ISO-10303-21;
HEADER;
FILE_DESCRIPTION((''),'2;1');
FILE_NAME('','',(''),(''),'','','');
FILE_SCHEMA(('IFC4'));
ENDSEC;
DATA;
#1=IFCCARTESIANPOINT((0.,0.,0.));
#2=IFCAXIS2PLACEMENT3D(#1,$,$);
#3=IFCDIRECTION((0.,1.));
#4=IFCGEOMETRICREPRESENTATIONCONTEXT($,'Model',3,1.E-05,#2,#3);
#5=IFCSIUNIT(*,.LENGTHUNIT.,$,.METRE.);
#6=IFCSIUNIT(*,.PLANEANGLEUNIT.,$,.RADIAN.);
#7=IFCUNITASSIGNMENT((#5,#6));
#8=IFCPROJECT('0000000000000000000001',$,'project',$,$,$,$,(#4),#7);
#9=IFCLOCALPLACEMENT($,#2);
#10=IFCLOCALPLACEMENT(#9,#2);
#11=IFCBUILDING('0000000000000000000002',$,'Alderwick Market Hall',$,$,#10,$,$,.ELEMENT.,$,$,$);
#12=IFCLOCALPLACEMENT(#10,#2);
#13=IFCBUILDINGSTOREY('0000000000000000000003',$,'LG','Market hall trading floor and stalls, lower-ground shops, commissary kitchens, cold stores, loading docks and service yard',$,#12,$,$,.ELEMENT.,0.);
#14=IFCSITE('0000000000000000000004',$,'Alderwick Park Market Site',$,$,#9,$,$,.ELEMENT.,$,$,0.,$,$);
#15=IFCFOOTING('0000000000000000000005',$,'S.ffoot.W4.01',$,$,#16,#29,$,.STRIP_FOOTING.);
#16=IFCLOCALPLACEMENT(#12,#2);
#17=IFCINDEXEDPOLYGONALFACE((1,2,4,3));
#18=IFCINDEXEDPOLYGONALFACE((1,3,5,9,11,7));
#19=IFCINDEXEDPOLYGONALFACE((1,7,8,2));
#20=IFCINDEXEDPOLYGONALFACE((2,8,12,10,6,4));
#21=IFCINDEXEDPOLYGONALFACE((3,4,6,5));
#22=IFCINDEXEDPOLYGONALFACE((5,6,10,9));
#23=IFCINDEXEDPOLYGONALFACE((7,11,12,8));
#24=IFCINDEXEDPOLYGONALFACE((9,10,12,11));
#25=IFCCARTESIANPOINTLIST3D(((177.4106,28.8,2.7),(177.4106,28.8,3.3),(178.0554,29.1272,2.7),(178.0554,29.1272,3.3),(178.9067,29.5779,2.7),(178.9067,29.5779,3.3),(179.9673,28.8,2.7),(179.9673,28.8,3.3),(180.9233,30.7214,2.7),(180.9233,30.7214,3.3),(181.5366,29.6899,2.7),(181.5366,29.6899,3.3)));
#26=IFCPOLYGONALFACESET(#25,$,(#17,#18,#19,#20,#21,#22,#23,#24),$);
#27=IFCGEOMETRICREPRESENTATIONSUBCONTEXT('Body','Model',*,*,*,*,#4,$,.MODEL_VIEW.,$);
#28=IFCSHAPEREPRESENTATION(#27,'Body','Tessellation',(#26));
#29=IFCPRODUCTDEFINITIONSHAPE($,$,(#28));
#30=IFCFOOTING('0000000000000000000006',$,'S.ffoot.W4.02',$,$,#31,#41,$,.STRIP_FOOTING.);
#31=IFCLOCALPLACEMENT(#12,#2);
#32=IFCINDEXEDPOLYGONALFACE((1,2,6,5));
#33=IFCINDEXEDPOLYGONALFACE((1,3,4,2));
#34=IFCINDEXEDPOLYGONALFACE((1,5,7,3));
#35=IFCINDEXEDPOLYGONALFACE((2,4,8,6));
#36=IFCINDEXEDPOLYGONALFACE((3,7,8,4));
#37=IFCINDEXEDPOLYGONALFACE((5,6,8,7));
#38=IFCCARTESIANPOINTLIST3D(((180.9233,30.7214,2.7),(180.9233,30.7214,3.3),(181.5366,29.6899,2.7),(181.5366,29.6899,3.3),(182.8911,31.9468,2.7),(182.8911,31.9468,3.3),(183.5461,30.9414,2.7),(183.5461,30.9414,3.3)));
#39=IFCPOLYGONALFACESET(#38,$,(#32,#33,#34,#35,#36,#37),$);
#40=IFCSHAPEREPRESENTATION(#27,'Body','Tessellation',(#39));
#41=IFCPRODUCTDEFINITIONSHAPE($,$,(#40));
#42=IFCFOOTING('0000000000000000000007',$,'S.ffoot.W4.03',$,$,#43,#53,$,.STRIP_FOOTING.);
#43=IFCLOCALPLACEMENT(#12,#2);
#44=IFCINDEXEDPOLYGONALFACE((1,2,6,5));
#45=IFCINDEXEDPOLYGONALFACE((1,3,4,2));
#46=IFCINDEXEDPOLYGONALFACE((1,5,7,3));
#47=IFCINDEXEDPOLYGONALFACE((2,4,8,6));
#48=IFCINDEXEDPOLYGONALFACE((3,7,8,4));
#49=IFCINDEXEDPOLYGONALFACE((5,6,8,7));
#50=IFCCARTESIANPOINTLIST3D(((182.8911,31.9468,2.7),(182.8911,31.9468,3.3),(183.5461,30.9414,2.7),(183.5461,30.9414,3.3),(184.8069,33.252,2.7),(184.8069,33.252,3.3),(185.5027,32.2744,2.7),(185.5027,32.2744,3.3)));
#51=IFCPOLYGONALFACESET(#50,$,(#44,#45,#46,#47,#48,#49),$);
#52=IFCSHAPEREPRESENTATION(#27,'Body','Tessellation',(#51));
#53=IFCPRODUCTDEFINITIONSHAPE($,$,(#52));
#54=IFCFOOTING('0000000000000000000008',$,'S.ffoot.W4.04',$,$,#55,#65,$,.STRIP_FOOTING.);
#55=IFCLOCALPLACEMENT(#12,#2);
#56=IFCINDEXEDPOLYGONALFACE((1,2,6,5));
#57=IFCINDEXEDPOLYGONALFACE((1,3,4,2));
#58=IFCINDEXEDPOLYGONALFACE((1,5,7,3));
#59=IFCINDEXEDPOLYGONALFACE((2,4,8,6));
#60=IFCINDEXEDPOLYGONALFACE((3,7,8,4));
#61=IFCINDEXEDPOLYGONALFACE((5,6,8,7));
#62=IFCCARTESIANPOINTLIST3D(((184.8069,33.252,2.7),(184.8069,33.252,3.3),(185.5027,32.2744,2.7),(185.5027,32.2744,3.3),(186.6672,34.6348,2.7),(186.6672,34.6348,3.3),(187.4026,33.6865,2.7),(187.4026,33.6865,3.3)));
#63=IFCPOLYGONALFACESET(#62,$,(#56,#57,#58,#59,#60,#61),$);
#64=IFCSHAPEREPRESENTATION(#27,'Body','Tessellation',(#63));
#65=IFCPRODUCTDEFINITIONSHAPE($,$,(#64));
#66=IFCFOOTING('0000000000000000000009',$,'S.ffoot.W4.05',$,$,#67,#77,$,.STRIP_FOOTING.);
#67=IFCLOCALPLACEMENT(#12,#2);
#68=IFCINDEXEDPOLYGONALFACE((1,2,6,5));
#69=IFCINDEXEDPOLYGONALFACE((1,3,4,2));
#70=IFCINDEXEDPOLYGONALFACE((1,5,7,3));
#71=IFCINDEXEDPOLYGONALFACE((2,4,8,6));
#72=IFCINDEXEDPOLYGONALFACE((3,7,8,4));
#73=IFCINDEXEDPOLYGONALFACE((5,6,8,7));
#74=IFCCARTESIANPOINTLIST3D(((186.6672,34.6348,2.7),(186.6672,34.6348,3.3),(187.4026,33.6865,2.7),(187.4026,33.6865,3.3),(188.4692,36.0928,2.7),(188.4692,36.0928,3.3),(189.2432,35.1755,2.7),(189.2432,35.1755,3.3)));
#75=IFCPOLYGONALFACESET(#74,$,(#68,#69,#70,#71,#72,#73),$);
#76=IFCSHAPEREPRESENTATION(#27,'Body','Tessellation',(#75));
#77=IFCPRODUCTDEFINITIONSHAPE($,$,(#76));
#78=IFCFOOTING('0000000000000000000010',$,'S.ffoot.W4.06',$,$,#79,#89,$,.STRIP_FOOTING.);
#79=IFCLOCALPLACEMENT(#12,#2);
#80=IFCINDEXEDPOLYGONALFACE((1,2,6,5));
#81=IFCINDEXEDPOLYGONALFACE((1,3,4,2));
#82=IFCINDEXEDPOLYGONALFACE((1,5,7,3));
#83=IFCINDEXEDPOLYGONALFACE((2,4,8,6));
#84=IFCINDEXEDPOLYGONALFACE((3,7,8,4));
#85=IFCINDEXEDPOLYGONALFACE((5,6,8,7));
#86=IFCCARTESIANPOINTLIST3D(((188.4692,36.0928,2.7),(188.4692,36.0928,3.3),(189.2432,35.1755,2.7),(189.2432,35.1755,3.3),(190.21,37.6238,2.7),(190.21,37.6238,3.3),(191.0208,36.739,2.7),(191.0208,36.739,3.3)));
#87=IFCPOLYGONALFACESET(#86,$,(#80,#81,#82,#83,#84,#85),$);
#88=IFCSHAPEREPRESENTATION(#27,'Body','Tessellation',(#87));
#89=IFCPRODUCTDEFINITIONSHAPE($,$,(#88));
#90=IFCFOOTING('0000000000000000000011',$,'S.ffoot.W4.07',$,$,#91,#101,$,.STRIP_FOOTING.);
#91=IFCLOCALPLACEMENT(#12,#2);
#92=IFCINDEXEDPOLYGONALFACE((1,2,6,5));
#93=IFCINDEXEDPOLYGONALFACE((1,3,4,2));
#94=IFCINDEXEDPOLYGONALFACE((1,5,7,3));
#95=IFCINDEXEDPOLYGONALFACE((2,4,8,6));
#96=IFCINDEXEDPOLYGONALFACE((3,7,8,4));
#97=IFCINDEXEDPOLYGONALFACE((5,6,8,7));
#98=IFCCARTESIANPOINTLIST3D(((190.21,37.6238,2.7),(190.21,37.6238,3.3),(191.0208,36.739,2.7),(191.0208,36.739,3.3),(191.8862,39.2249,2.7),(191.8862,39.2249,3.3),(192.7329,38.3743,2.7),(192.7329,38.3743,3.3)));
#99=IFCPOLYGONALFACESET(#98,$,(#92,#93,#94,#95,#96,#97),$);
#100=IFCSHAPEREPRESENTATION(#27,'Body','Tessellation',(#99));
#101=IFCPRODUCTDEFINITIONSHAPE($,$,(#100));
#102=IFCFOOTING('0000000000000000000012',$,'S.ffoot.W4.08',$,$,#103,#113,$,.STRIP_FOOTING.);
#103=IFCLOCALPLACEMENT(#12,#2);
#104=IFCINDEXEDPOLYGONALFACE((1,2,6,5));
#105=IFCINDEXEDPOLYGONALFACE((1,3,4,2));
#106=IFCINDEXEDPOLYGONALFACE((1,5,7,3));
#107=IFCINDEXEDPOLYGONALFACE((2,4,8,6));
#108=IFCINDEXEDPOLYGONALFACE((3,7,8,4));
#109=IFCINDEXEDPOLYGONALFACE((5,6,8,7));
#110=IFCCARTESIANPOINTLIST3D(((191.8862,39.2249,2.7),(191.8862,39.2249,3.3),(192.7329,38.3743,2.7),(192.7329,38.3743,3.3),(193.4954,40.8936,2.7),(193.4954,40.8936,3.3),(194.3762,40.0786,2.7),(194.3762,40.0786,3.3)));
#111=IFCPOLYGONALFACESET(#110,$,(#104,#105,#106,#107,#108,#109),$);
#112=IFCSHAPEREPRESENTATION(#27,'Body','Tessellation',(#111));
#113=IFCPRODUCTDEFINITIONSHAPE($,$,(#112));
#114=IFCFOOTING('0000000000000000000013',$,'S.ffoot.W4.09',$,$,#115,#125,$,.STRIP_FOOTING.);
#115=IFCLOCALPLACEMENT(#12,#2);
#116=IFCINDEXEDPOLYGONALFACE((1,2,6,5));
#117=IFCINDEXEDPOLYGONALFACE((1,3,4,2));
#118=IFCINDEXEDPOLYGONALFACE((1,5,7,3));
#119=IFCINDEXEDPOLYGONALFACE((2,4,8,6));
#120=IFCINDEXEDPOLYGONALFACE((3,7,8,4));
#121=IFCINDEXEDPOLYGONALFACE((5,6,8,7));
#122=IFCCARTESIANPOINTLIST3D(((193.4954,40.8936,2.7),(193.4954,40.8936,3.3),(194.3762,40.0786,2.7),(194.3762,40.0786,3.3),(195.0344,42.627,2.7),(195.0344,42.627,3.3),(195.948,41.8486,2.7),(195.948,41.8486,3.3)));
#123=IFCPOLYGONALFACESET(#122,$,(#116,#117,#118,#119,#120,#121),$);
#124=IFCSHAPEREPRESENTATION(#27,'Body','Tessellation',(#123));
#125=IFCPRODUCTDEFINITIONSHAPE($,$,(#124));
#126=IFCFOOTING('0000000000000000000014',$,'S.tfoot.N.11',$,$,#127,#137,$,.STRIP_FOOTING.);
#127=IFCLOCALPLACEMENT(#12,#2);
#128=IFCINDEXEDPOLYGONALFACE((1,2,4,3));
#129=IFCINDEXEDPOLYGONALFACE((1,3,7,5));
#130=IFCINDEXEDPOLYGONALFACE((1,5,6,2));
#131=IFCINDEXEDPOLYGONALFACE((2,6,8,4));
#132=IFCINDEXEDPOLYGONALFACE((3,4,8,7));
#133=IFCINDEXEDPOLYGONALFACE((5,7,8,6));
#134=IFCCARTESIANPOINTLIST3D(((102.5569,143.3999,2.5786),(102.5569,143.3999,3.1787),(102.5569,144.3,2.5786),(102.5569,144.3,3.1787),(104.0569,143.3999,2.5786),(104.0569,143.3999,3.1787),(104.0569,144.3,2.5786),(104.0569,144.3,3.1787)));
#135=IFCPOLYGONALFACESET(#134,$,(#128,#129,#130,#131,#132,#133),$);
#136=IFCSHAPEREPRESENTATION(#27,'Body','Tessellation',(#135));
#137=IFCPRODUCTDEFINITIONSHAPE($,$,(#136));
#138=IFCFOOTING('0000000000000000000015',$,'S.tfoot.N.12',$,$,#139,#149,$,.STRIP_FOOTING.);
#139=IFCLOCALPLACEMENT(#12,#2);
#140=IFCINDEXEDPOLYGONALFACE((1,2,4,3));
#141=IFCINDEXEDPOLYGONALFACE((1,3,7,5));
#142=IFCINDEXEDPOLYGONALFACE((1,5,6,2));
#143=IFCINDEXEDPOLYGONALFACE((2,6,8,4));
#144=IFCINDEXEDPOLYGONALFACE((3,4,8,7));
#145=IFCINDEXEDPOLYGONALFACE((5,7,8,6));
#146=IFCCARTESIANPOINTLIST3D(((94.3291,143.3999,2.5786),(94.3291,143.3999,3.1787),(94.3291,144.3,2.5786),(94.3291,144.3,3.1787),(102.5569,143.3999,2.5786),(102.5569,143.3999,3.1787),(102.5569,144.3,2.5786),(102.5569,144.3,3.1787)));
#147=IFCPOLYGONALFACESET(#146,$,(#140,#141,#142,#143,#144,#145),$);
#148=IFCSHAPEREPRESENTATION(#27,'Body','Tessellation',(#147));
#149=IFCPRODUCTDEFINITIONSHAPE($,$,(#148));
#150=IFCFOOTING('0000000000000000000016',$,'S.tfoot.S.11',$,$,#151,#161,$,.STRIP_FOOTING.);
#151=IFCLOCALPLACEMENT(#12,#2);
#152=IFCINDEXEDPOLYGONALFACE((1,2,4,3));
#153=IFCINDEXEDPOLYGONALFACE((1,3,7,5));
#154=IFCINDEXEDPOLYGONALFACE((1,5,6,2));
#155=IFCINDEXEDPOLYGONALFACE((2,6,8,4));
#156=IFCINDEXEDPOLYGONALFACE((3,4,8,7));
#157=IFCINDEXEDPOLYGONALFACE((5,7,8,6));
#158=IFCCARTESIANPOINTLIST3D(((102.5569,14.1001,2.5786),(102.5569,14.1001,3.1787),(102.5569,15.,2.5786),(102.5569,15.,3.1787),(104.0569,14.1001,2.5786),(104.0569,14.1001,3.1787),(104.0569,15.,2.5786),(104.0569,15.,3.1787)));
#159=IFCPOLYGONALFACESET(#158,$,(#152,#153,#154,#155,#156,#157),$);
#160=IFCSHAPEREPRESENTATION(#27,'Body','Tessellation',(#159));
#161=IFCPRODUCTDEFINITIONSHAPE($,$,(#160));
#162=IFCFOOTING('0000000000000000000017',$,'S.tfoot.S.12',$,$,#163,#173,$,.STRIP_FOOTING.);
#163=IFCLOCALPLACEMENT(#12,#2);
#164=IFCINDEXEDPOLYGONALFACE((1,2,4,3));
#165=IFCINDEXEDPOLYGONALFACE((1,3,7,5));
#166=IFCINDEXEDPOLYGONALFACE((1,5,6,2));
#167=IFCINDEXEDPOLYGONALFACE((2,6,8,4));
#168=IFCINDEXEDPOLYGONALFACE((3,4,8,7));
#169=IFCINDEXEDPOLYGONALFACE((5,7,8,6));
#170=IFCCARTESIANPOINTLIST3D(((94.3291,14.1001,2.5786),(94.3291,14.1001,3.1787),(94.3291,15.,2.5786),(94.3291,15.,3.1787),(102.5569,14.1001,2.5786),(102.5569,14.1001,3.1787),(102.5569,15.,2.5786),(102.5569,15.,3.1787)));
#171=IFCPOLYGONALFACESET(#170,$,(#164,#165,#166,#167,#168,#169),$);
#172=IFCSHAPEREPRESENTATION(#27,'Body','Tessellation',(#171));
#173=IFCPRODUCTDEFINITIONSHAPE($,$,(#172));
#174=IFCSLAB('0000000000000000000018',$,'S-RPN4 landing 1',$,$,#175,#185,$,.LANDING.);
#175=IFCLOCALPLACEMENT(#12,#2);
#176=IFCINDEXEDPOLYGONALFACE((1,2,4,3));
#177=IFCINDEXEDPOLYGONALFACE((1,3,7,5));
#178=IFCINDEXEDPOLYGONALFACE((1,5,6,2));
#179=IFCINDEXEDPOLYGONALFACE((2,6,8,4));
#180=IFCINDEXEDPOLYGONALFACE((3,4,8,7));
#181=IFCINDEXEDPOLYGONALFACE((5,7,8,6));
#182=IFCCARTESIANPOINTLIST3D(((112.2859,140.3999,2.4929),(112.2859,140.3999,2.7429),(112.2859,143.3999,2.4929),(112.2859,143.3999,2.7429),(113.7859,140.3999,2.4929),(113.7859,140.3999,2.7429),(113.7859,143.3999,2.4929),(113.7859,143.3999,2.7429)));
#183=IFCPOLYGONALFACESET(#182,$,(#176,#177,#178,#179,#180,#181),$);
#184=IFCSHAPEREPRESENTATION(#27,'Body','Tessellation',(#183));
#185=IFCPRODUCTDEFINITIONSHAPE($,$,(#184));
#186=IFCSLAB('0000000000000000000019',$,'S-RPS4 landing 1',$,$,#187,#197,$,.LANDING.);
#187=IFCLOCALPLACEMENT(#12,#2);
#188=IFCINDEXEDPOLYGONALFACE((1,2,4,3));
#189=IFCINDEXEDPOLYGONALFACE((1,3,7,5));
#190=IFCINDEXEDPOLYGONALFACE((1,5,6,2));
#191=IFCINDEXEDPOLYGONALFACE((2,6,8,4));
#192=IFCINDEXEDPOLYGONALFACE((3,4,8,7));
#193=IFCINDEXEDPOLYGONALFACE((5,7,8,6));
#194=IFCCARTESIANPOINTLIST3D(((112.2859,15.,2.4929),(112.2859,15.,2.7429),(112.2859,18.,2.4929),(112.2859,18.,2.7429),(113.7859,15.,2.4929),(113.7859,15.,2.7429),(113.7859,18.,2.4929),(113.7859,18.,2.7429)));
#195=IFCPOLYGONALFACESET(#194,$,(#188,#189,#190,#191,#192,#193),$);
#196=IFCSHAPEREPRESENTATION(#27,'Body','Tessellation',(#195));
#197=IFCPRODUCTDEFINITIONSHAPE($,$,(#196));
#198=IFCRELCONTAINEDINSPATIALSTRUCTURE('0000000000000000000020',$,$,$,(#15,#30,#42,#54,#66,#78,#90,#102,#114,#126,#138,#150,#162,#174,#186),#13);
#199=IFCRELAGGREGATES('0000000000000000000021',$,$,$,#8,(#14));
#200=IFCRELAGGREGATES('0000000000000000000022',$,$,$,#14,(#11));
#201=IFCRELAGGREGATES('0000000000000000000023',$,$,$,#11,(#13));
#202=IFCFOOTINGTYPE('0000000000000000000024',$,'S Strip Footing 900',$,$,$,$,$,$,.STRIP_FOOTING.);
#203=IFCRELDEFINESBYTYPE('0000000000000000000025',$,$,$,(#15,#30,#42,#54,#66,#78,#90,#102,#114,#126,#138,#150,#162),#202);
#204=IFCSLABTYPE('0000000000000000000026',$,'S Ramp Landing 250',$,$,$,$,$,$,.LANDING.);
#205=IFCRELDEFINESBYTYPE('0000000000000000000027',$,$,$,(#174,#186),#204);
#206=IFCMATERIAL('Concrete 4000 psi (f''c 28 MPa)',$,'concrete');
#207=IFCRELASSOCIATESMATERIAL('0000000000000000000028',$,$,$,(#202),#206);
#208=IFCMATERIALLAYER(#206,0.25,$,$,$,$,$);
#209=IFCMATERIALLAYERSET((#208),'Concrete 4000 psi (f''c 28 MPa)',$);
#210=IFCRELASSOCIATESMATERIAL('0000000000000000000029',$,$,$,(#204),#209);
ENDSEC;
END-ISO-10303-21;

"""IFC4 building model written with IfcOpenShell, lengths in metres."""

from ifc_helpers import new_model, si_unit, direction, frame, origin, place, context, subcontext, project, spatial, polyline, outline, extrude, material, layer, layer_set, type_object, element, save


model = new_model("IFC4")

# Units and contexts
model_context = context("Model", 3, precision=1e-05, world=origin(), true_north=direction((0.0, 1.0)))
body_context = subcontext(model_context, "Body", "Model", "MODEL_VIEW")
ifc_project = project(units=[si_unit("LENGTHUNIT", "METRE"), si_unit("PLANEANGLEUNIT", "RADIAN")], contexts=[model_context])

# Site, building, storey
site_placement = place(None, origin())
site = spatial("IfcSite", under=ifc_project, at=site_placement, Name="Alderwick Park Market Site", CompositionType="ELEMENT", RefElevation=0.0)
building_placement = place(site_placement, origin())
building = spatial("IfcBuilding", under=site, at=building_placement, Name="Alderwick Market Hall", CompositionType="ELEMENT")
storey_placement = place(building_placement, origin())
storey = spatial("IfcBuildingStorey", under=building, at=storey_placement, Name="LG", Description="Market hall trading floor and stalls, lower-ground shops, commissary kitchens, cold stores, loading docks and service yard", CompositionType="ELEMENT", Elevation=0.0)

# Footings
ifc_material_1 = material(Name="Concrete 4000 psi (f'c 28 MPa)", Category="concrete")
footing_type = type_object("IfcFootingType", Name="S Strip Footing 900", PredefinedType="STRIP_FOOTING", material=ifc_material_1)
footing_1_placement = place(storey_placement, frame((0.0, 0.0, 2.7)))
element("IfcFooting", 1, at=footing_1_placement, inside=storey, type_object=footing_type, Name="S.ffoot.W4.01", PredefinedType="STRIP_FOOTING", context=body_context, shape_type="SweptSolid", body=[
    extrude(outline(polyline([(177.4106, 28.8), (179.9673, 28.8), (181.5366, 29.6899), (180.9233, 30.7214), (178.9067, 29.5779), (178.0554, 29.1272), (177.4106, 28.8)])), origin(), (0.0, 0.0, 1.0), 0.6001),
])
footing_2_placement = place(storey_placement, frame((0.0, 0.0, 2.7)))
element("IfcFooting", 2, at=footing_2_placement, inside=storey, type_object=footing_type, Name="S.ffoot.W4.02", PredefinedType="STRIP_FOOTING", context=body_context, shape_type="SweptSolid", body=[
    extrude(outline(polyline([(181.5366, 29.6899), (183.5461, 30.9414), (182.8911, 31.9468), (180.9233, 30.7214), (181.5366, 29.6899)])), origin(), (0.0, 0.0, 1.0), 0.6001),
])
footing_3_placement = place(storey_placement, frame((0.0, 0.0, 2.7)))
element("IfcFooting", 3, at=footing_3_placement, inside=storey, type_object=footing_type, Name="S.ffoot.W4.03", PredefinedType="STRIP_FOOTING", context=body_context, shape_type="SweptSolid", body=[
    extrude(outline(polyline([(183.5461, 30.9414), (185.5027, 32.2744), (184.8069, 33.252), (182.8911, 31.9468), (183.5461, 30.9414)])), origin(), (0.0, 0.0, 1.0), 0.6001),
])
footing_4_placement = place(storey_placement, frame((0.0, 0.0, 2.7)))
element("IfcFooting", 4, at=footing_4_placement, inside=storey, type_object=footing_type, Name="S.ffoot.W4.04", PredefinedType="STRIP_FOOTING", context=body_context, shape_type="SweptSolid", body=[
    extrude(outline(polyline([(185.5027, 32.2744), (187.4026, 33.6865), (186.6672, 34.6348), (184.8069, 33.252), (185.5027, 32.2744)])), origin(), (0.0, 0.0, 1.0), 0.6001),
])
footing_5_placement = place(storey_placement, frame((0.0, 0.0, 2.7)))
element("IfcFooting", 5, at=footing_5_placement, inside=storey, type_object=footing_type, Name="S.ffoot.W4.05", PredefinedType="STRIP_FOOTING", context=body_context, shape_type="SweptSolid", body=[
    extrude(outline(polyline([(187.4026, 33.6865), (189.2432, 35.1755), (188.4692, 36.0928), (186.6672, 34.6348), (187.4026, 33.6865)])), origin(), (0.0, 0.0, 1.0), 0.6001),
])
footing_6_placement = place(storey_placement, frame((0.0, 0.0, 2.7)))
element("IfcFooting", 6, at=footing_6_placement, inside=storey, type_object=footing_type, Name="S.ffoot.W4.06", PredefinedType="STRIP_FOOTING", context=body_context, shape_type="SweptSolid", body=[
    extrude(outline(polyline([(189.2432, 35.1755), (191.0208, 36.739), (190.21, 37.6238), (188.4692, 36.0928), (189.2432, 35.1755)])), origin(), (0.0, 0.0, 1.0), 0.6001),
])
footing_7_placement = place(storey_placement, frame((0.0, 0.0, 2.7)))
element("IfcFooting", 7, at=footing_7_placement, inside=storey, type_object=footing_type, Name="S.ffoot.W4.07", PredefinedType="STRIP_FOOTING", context=body_context, shape_type="SweptSolid", body=[
    extrude(outline(polyline([(191.0208, 36.739), (192.7329, 38.3743), (191.8862, 39.2249), (190.21, 37.6238), (191.0208, 36.739)])), origin(), (0.0, 0.0, 1.0), 0.6001),
])
footing_8_placement = place(storey_placement, frame((0.0, 0.0, 2.7)))
element("IfcFooting", 8, at=footing_8_placement, inside=storey, type_object=footing_type, Name="S.ffoot.W4.08", PredefinedType="STRIP_FOOTING", context=body_context, shape_type="SweptSolid", body=[
    extrude(outline(polyline([(192.7329, 38.3743), (194.3762, 40.0786), (193.4954, 40.8936), (191.8862, 39.2249), (192.7329, 38.3743)])), origin(), (0.0, 0.0, 1.0), 0.6001),
])
footing_9_placement = place(storey_placement, frame((0.0, 0.0, 2.7)))
element("IfcFooting", 9, at=footing_9_placement, inside=storey, type_object=footing_type, Name="S.ffoot.W4.09", PredefinedType="STRIP_FOOTING", context=body_context, shape_type="SweptSolid", body=[
    extrude(outline(polyline([(194.3762, 40.0786), (195.948, 41.8486), (195.0344, 42.627), (193.4954, 40.8936), (194.3762, 40.0786)])), origin(), (0.0, 0.0, 1.0), 0.6001),
])
footing_10_placement = place(storey_placement, frame((0.0, 0.0, 2.5786)))
element("IfcFooting", 10, at=footing_10_placement, inside=storey, type_object=footing_type, Name="S.tfoot.N.11", PredefinedType="STRIP_FOOTING", context=body_context, shape_type="SweptSolid", body=[
    extrude(outline(polyline([(104.0569, 143.3999), (104.0569, 144.3), (102.5569, 144.3), (102.5569, 143.3999), (104.0569, 143.3999)])), origin(), (0.0, 0.0, 1.0), 0.6001),
])
footing_11_placement = place(storey_placement, frame((0.0, 0.0, 2.5786)))
element("IfcFooting", 11, at=footing_11_placement, inside=storey, type_object=footing_type, Name="S.tfoot.N.12", PredefinedType="STRIP_FOOTING", context=body_context, shape_type="SweptSolid", body=[
    extrude(outline(polyline([(102.5569, 143.3999), (102.5569, 144.3), (94.3291, 144.3), (94.3291, 143.3999), (102.5569, 143.3999)])), origin(), (0.0, 0.0, 1.0), 0.6001),
])
footing_12_placement = place(storey_placement, frame((0.0, 0.0, 2.5786)))
element("IfcFooting", 12, at=footing_12_placement, inside=storey, type_object=footing_type, Name="S.tfoot.S.11", PredefinedType="STRIP_FOOTING", context=body_context, shape_type="SweptSolid", body=[
    extrude(outline(polyline([(104.0569, 14.1001), (104.0569, 15.0), (102.5569, 15.0), (102.5569, 14.1001), (104.0569, 14.1001)])), origin(), (0.0, 0.0, 1.0), 0.6001),
])
footing_13_placement = place(storey_placement, frame((0.0, 0.0, 2.5786)))
element("IfcFooting", 13, at=footing_13_placement, inside=storey, type_object=footing_type, Name="S.tfoot.S.12", PredefinedType="STRIP_FOOTING", context=body_context, shape_type="SweptSolid", body=[
    extrude(outline(polyline([(102.5569, 14.1001), (102.5569, 15.0), (94.3291, 15.0), (94.3291, 14.1001), (102.5569, 14.1001)])), origin(), (0.0, 0.0, 1.0), 0.6001),
])

# Slabs
ifc_layer_1 = layer(ifc_material_1, 0.25)
ifc_layer_set_1 = layer_set([ifc_layer_1], Name="Concrete 4000 psi (f'c 28 MPa)")
slab_type_1 = type_object("IfcSlabType", Name="S Ramp Landing 250", PredefinedType="LANDING", material=ifc_layer_set_1)
slab_1_placement = place(storey_placement, frame((0.0, 0.0, 2.4929)))
element("IfcSlab", 14, at=slab_1_placement, inside=storey, type_object=slab_type_1, Name="S-RPN4 landing 1", PredefinedType="LANDING", context=body_context, shape_type="SweptSolid", body=[
    extrude(outline(polyline([(113.7859, 140.3999), (112.2859, 140.3999), (112.2859, 143.3999), (113.7859, 143.3999), (113.7859, 140.3999)])), origin(), (0.0, 0.0, 1.0), 0.25),
])
slab_2_placement = place(storey_placement, frame((0.0, 0.0, 2.4929)))
element("IfcSlab", 15, at=slab_2_placement, inside=storey, type_object=slab_type_1, Name="S-RPS4 landing 1", PredefinedType="LANDING", context=body_context, shape_type="SweptSolid", body=[
    extrude(outline(polyline([(113.7859, 15.0), (112.2859, 15.0), (112.2859, 18.0), (113.7859, 18.0), (113.7859, 15.0)])), origin(), (0.0, 0.0, 1.0), 0.25),
])

save(model, "model.ifc")
